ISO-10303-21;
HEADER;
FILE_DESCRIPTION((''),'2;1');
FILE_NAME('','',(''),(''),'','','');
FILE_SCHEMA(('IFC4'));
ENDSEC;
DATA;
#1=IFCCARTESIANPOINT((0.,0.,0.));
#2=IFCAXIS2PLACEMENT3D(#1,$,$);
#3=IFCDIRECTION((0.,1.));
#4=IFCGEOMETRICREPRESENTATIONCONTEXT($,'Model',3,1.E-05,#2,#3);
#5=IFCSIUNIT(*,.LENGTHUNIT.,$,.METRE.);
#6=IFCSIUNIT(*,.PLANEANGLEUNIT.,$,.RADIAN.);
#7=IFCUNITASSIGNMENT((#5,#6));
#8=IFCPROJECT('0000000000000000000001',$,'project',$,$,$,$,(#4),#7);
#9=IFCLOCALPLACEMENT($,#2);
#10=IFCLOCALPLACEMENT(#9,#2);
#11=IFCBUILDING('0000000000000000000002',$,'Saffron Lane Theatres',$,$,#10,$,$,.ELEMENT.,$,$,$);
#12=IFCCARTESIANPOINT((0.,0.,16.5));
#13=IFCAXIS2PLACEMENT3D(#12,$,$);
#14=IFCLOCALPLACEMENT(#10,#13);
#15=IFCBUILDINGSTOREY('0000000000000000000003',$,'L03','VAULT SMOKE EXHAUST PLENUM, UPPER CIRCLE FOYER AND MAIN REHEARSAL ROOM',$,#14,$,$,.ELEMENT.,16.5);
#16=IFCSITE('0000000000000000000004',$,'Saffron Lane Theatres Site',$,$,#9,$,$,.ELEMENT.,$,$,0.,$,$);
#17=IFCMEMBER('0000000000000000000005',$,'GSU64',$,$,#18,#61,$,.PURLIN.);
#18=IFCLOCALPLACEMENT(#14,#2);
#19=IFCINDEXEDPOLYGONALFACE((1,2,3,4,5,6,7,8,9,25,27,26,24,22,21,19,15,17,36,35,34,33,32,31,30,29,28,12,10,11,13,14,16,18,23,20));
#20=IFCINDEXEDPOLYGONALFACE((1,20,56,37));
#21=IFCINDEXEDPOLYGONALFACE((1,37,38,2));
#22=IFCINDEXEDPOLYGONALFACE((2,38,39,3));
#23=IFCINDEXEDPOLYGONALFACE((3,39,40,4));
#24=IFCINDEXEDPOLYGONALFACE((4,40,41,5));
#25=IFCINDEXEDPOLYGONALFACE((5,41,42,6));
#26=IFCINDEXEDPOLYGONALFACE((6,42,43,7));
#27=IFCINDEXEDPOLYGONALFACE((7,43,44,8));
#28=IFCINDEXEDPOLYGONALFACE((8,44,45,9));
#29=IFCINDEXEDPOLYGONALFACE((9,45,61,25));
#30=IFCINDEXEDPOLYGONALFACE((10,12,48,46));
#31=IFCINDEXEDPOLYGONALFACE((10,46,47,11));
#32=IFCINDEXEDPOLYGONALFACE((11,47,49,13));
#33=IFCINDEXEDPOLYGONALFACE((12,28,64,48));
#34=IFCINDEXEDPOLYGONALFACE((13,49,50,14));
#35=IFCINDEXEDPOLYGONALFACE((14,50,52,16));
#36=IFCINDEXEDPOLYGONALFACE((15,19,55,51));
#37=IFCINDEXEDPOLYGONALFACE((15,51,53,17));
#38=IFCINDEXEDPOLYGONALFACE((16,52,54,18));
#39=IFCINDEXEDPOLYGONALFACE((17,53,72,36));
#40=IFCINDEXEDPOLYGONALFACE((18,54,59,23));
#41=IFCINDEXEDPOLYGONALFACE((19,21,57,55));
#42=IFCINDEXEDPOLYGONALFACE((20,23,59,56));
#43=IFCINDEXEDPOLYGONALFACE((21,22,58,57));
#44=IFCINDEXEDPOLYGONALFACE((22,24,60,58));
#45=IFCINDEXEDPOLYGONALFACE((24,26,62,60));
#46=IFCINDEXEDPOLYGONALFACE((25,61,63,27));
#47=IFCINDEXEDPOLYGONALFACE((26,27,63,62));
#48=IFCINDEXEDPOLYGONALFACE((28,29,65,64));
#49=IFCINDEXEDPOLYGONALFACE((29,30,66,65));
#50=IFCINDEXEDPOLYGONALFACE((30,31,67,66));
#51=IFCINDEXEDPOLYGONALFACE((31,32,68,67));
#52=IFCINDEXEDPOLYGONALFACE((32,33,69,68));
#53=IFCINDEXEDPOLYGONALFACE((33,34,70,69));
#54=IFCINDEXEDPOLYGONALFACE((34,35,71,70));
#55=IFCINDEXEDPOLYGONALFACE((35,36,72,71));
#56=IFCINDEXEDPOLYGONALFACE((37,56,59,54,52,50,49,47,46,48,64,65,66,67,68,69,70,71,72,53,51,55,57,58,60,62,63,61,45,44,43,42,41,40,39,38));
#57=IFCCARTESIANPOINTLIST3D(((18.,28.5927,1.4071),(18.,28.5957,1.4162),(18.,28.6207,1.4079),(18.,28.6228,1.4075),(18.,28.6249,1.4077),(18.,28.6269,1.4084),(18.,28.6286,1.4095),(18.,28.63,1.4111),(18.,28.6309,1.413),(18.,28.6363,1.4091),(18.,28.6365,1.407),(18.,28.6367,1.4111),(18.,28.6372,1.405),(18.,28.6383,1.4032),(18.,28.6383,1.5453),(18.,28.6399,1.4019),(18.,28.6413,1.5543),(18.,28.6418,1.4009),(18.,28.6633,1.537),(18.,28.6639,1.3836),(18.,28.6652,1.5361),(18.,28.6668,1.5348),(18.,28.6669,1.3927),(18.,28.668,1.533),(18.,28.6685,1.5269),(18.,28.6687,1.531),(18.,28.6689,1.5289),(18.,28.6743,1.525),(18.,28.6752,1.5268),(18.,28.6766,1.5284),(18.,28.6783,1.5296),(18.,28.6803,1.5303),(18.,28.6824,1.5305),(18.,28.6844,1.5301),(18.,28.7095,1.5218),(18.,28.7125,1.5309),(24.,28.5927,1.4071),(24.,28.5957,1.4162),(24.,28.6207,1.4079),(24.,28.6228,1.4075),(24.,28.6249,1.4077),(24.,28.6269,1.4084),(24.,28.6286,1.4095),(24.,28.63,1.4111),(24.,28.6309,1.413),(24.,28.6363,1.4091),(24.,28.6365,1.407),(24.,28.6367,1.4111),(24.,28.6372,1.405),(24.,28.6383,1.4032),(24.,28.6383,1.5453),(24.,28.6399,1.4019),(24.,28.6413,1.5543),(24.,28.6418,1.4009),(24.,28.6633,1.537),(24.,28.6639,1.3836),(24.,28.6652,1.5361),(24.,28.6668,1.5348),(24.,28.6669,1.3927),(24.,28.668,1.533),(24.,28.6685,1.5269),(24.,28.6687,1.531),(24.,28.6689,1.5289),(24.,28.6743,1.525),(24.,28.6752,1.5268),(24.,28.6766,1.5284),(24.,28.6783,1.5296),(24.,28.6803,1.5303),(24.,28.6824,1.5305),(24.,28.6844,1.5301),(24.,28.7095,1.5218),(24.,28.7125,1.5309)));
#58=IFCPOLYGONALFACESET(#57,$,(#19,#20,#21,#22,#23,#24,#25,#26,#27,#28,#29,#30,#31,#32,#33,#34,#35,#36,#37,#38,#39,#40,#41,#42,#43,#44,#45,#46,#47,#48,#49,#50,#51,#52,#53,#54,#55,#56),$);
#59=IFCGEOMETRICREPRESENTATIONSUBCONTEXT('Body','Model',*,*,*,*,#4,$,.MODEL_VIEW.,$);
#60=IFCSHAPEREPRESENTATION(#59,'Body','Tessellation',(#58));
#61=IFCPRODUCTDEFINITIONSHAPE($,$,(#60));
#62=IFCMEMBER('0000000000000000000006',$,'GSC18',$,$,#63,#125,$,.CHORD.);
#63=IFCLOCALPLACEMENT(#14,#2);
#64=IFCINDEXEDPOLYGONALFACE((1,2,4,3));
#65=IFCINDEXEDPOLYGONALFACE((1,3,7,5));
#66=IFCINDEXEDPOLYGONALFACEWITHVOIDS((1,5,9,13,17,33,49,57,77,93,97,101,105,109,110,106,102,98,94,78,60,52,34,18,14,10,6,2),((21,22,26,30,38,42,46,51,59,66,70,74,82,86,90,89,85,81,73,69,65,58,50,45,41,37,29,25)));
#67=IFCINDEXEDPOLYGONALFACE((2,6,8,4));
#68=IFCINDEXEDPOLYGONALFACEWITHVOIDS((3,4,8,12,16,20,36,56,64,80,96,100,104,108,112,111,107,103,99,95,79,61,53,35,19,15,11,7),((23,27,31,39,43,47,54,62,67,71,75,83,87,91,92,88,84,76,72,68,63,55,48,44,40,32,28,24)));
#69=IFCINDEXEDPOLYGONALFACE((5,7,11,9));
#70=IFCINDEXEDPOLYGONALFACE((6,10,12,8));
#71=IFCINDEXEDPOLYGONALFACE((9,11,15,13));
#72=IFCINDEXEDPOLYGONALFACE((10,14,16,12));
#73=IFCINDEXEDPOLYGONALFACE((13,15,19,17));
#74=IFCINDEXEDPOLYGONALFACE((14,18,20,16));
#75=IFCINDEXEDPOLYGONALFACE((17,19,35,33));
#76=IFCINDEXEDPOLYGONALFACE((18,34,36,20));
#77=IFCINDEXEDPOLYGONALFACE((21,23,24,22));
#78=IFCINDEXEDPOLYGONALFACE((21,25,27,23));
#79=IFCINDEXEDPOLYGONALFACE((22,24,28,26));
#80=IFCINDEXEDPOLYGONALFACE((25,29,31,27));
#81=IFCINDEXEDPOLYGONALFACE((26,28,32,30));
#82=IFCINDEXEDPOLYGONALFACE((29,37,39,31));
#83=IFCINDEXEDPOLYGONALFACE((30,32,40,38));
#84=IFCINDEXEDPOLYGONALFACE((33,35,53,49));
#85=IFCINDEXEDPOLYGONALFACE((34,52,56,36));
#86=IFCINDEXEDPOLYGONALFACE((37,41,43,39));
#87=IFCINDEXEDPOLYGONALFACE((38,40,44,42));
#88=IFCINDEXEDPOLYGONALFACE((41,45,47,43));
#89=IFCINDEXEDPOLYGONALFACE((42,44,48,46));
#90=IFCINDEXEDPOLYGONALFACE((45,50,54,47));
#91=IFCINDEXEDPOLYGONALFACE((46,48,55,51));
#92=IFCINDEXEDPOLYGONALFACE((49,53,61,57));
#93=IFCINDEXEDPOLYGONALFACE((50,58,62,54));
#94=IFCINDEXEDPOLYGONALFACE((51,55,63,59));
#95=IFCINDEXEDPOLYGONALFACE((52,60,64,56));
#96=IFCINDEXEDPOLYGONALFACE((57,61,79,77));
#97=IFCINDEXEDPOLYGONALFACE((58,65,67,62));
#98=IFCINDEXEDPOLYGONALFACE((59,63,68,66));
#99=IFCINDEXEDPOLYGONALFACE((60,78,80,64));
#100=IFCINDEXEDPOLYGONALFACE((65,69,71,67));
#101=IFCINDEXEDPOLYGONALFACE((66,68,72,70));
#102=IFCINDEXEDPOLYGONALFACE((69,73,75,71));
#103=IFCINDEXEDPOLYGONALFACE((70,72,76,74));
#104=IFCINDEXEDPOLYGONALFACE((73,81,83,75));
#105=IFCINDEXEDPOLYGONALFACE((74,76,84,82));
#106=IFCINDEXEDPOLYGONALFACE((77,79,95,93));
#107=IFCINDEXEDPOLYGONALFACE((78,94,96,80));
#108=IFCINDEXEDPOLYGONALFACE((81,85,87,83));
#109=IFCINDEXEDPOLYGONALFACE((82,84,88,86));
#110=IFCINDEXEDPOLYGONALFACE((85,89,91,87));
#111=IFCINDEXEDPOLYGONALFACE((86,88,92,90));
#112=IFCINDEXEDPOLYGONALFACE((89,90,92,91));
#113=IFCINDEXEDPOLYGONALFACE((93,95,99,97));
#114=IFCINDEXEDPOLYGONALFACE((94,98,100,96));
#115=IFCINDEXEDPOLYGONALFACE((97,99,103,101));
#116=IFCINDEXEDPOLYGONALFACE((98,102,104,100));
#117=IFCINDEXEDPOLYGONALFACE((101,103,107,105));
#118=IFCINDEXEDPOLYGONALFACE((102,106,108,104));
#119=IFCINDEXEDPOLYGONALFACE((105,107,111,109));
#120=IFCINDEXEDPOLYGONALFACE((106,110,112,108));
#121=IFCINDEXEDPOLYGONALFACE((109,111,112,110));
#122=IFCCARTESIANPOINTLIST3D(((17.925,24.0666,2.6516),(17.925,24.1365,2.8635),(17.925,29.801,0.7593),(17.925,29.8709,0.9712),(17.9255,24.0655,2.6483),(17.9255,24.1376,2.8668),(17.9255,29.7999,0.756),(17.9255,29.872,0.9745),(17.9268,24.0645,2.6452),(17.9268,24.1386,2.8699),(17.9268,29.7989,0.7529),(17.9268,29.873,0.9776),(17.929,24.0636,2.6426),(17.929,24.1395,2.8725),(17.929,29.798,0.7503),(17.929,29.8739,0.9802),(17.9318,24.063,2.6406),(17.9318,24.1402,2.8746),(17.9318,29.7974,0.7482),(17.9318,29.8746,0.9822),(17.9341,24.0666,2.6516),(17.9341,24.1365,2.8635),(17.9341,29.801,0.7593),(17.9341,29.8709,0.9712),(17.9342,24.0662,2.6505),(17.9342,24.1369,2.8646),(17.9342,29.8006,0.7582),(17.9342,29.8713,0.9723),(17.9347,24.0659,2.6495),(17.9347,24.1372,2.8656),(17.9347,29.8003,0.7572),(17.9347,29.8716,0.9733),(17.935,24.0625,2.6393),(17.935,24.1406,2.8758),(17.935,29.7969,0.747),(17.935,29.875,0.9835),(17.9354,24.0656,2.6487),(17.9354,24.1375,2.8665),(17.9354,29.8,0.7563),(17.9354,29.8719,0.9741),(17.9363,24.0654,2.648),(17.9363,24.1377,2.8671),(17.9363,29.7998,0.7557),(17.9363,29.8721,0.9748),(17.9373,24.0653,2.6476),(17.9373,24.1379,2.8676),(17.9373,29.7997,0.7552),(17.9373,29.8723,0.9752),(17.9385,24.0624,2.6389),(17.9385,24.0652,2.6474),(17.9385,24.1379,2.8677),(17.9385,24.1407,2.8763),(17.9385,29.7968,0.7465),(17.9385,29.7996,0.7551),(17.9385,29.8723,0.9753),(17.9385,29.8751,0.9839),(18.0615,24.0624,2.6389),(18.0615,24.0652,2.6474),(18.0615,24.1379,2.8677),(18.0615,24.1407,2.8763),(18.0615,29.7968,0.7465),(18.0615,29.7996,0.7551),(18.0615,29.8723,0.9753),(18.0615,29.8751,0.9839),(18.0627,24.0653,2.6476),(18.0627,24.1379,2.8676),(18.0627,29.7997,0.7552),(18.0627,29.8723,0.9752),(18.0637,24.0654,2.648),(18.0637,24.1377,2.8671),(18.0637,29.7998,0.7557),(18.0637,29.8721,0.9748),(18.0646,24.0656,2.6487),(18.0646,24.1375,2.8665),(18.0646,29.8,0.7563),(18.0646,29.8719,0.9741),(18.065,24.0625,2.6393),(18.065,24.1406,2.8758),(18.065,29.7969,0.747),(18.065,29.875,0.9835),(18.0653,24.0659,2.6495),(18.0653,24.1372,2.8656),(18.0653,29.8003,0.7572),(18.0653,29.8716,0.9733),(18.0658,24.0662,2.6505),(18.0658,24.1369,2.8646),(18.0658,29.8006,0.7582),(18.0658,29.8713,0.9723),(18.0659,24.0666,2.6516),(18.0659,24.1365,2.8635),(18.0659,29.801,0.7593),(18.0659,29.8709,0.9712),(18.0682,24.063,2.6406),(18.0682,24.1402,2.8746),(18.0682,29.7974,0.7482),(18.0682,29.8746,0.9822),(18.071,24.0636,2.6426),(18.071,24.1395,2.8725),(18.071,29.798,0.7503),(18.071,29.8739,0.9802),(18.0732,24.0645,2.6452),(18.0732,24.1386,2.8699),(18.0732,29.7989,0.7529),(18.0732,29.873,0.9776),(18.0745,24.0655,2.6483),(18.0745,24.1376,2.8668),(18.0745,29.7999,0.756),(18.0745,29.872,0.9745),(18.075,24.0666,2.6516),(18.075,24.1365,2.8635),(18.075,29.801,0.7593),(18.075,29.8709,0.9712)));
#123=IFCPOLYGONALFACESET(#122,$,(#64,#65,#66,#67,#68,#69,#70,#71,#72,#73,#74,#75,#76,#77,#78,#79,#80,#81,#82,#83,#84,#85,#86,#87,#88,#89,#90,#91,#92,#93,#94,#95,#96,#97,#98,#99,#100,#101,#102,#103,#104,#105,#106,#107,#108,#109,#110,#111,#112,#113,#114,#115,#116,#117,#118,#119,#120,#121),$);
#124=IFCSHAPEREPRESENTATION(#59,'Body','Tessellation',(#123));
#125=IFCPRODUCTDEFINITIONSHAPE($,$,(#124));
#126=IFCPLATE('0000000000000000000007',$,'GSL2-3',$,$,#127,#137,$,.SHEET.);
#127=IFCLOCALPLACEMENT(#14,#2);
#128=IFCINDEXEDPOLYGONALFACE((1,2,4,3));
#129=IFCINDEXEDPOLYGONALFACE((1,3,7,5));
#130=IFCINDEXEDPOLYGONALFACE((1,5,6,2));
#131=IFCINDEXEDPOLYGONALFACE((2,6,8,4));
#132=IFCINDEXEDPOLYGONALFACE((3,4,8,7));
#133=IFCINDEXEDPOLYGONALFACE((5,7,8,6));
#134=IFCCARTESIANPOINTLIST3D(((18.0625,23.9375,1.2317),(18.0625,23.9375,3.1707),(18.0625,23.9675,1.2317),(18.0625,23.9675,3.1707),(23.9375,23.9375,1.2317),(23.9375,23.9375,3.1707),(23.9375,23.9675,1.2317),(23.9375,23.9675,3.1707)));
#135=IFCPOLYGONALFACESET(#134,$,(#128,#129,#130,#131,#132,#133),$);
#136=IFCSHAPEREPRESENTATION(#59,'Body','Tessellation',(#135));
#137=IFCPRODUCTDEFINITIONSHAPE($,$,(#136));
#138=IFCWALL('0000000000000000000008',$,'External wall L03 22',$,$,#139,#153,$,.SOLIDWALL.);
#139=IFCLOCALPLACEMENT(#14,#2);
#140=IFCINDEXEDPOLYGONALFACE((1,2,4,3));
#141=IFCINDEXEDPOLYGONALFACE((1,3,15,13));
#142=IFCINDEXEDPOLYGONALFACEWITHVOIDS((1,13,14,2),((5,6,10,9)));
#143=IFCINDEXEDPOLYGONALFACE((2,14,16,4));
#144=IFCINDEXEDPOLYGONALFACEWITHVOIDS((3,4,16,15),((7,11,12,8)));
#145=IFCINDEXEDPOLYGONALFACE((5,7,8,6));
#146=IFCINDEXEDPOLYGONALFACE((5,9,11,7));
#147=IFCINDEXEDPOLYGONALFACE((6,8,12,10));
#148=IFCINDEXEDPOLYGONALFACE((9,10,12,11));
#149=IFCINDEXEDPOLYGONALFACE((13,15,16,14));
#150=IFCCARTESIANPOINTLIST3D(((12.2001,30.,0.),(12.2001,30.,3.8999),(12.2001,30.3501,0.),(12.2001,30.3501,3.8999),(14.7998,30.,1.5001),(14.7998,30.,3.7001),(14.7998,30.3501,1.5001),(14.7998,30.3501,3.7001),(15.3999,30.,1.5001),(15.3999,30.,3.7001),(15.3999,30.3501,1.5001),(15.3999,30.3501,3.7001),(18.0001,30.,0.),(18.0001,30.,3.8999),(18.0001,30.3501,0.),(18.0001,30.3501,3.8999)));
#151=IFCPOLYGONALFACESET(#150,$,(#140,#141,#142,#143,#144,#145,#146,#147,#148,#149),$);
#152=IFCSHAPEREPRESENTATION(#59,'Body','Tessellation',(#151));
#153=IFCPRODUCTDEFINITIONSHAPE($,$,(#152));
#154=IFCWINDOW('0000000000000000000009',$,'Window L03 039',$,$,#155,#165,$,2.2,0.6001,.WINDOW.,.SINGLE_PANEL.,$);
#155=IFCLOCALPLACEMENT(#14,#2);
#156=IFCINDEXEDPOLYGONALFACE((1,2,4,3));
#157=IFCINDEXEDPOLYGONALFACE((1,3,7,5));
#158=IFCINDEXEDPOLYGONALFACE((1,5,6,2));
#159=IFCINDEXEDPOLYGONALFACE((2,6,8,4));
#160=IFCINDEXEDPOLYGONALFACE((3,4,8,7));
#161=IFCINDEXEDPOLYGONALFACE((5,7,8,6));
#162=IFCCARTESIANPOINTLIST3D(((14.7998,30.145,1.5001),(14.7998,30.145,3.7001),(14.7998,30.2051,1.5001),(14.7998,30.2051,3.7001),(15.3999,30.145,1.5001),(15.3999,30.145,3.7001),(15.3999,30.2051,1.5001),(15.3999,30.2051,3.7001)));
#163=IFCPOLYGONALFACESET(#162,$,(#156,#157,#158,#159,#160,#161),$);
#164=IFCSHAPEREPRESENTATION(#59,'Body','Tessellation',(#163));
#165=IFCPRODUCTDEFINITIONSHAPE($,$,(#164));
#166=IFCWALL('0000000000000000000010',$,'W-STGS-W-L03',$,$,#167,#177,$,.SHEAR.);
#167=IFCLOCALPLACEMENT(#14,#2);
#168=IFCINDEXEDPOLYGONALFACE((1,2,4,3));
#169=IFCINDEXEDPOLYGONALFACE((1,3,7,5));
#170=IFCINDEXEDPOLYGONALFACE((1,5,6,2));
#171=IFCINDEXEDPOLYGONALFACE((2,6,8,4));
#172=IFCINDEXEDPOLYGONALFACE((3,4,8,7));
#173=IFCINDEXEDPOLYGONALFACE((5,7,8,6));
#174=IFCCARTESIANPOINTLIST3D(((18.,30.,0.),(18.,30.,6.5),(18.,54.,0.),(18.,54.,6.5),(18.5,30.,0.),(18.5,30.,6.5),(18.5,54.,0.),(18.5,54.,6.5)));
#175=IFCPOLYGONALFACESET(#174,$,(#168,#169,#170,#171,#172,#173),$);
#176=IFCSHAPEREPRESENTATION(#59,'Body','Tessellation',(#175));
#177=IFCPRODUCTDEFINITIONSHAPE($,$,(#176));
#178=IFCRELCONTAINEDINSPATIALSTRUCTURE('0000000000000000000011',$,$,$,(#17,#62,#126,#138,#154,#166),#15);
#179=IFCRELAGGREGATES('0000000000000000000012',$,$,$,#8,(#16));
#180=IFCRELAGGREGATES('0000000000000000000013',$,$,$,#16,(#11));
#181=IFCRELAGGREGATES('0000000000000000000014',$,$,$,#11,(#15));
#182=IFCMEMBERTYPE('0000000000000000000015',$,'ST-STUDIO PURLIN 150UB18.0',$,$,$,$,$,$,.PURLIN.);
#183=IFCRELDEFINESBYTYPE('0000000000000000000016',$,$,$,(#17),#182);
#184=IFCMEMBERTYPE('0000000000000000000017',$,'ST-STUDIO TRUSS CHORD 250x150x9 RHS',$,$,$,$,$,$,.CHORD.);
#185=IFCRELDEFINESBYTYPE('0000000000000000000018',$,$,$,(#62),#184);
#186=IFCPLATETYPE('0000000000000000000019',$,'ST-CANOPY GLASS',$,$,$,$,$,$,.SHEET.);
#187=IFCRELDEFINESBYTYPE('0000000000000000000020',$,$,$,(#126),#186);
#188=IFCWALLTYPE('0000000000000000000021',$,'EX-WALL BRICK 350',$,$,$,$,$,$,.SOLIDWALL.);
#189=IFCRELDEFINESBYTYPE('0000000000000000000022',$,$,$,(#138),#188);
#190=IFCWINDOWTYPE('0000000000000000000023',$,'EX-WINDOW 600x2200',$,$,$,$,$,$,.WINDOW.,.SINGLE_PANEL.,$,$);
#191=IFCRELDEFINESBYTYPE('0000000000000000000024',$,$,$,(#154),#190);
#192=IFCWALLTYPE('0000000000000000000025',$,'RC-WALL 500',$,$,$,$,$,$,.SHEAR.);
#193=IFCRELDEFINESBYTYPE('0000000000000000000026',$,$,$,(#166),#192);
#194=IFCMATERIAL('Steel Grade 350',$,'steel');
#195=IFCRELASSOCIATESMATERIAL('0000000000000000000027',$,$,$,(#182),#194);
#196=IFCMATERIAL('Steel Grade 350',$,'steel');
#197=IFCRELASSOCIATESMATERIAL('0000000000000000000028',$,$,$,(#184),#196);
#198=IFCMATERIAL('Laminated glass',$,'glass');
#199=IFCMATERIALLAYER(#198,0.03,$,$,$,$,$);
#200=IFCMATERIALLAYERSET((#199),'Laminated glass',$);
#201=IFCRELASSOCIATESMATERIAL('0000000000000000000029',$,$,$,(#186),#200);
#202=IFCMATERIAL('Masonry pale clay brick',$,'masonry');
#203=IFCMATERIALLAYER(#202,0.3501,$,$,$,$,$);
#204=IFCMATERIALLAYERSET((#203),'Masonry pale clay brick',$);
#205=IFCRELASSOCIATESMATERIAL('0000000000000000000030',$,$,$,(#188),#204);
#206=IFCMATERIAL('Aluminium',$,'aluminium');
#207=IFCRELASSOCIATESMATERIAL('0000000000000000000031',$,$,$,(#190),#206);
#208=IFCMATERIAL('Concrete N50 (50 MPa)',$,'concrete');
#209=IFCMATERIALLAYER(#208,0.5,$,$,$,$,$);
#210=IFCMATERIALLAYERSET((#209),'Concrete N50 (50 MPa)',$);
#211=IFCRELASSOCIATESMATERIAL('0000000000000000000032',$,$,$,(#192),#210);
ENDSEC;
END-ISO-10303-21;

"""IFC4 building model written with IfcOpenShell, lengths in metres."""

from ifc_helpers import new_model, si_unit, direction, frame, frame_2d, origin, origin_2d, place, context, subcontext, project, spatial, polyline, rectangle, hollow_rectangle, i_section, outline, extrude, material, layer, layer_set, material_profile, profile_set, type_object, element, fill, save


model = new_model("IFC4")

# Units and contexts
model_context = context("Model", 3, precision=1e-05, world=origin(), true_north=direction((0.0, 1.0)))
body_context = subcontext(model_context, "Body", "Model", "MODEL_VIEW")
ifc_project = project(units=[si_unit("LENGTHUNIT", "METRE"), si_unit("PLANEANGLEUNIT", "RADIAN")], contexts=[model_context])

# Site, building, storey
site_placement = place(None, origin())
site = spatial("IfcSite", under=ifc_project, at=site_placement, Name="Saffron Lane Theatres Site", CompositionType="ELEMENT", RefElevation=0.0)
building_placement = place(site_placement, origin())
building = spatial("IfcBuilding", under=site, at=building_placement, Name="Saffron Lane Theatres", CompositionType="ELEMENT")
storey_placement = place(building_placement, frame((0.0, 0.0, 16.5)))
storey = spatial("IfcBuildingStorey", under=building, at=storey_placement, Name="L03", Description="VAULT SMOKE EXHAUST PLENUM, UPPER CIRCLE FOYER AND MAIN REHEARSAL ROOM", CompositionType="ELEMENT", Elevation=16.5)

# Members
ifc_material_1 = material(Name="Steel Grade 350", Category="steel")
ifc_material_profile_1 = material_profile(ifc_material_1, i_section(OverallWidth=0.075, OverallDepth=0.155, WebThickness=0.0061, FlangeThickness=0.0095, FilletRadius=0.0081, at=origin_2d()))
ifc_profile_set_1 = profile_set([ifc_material_profile_1], Name="Steel Grade 350")
member_type_1 = type_object("IfcMemberType", Name="ST-STUDIO PURLIN 150UB18.0", PredefinedType="PURLIN", material=ifc_profile_set_1)
for number, where, z_axis, x_axis, name in (
    (1, (18.0, 28.6526, 1.469), (1.0, 0.0, 0.0), (0.0, 0.949629, -0.313377), "GSU64"),
):
    element("IfcMember", number, at=place(storey_placement, frame(where, z_axis=z_axis, x_axis=x_axis)), inside=storey, type_object=member_type_1, Name=name, PredefinedType="PURLIN", context=body_context, shape_type="SweptSolid", body=[
        extrude(i_section(OverallWidth=0.075, OverallDepth=0.155, WebThickness=0.0061, FlangeThickness=0.0095, FilletRadius=0.0081, at=origin_2d()), origin(), (0.0, 0.0, 1.0), 6.0),
    ])
ifc_material_2 = material(Name="Steel Grade 350", Category="steel")
ifc_material_profile_2 = material_profile(ifc_material_2, hollow_rectangle(XDim=0.1499, YDim=0.25, WallThickness=0.009, InnerFilletRadius=0.0044, OuterFilletRadius=0.0134, at=origin_2d()))
ifc_profile_set_2 = profile_set([ifc_material_profile_2], Name="Steel Grade 350")
member_type_2 = type_object("IfcMemberType", Name="ST-STUDIO TRUSS CHORD 250x150x9 RHS", PredefinedType="CHORD", material=ifc_profile_set_2)
member_1_placement = place(storey_placement, frame((18.0, 24.1016, 2.7576), z_axis=(0.0, 0.949629, -0.313376), x_axis=(-1.0, 0.0, 0.0)))
element("IfcMember", 2, at=member_1_placement, inside=storey, type_object=member_type_2, Name="GSC18", PredefinedType="CHORD", context=body_context, shape_type="SweptSolid", body=[
    extrude(hollow_rectangle(XDim=0.1499, YDim=0.25, WallThickness=0.009, InnerFilletRadius=0.0044, OuterFilletRadius=0.0134, at=origin_2d()), origin(), (0.0, 0.0, 1.0), 6.0386),
])

# Plate
ifc_material_3 = material(Name="Laminated glass", Category="glass")
ifc_layer_1 = layer(ifc_material_3, 0.03)
ifc_layer_set_1 = layer_set([ifc_layer_1], Name="Laminated glass")
plate_type = type_object("IfcPlateType", Name="ST-CANOPY GLASS", PredefinedType="SHEET", material=ifc_layer_set_1)
plate_placement = place(storey_placement, frame((23.9375, 23.9375, 1.2317), z_axis=(0.0, -1.0, 0.0), x_axis=(0.0, 0.0, 1.0)))
element("IfcPlate", 3, at=plate_placement, inside=storey, type_object=plate_type, Name="GSL2-3", PredefinedType="SHEET", context=body_context, shape_type="SweptSolid", body=[
    extrude(outline(polyline([(0.0, 0.0), (1.939, 0.0), (1.939, 5.875), (0.0, 5.875), (0.0, 0.0)])), origin(), (0.0, 0.0, -1.0), 0.03),
])

# Wall, opening, window
ifc_material_4 = material(Name="Masonry pale clay brick", Category="masonry")
ifc_layer_2 = layer(ifc_material_4, 0.3501)
ifc_layer_set_2 = layer_set([ifc_layer_2], Name="Masonry pale clay brick")
wall_type_1 = type_object("IfcWallType", Name="EX-WALL BRICK 350", PredefinedType="SOLIDWALL", material=ifc_layer_set_2)
wall_1_placement = place(storey_placement, frame((18.0, 30.175, 0.0), z_axis=(0.0, 0.0, 1.0), x_axis=(-1.0, 0.0, 0.0)))
wall_1 = element("IfcWall", 4, at=wall_1_placement, inside=storey, type_object=wall_type_1, Name="External wall L03 22", PredefinedType="SOLIDWALL", context=body_context, shape_type="SweptSolid", body=[
    extrude(rectangle(XDim=5.8, YDim=0.3501, at=frame_2d((2.8999, 0.0))), origin(), (0.0, 0.0, 1.0), 3.8999),
])
opening_placement = place(wall_1_placement, frame((2.6001, 0.0, 1.5)))
opening = element("IfcOpeningElement", 5, at=opening_placement, cuts=wall_1, PredefinedType="OPENING", context=body_context, shape_type="SweptSolid", body=[
    extrude(rectangle(XDim=0.6001, YDim=2.2, at=frame_2d((0.3, 1.1001))), frame((0.0, 0.1851, 0.0), z_axis=(0.0, -1.0, 0.0), x_axis=(1.0, 0.0, 0.0)), (0.0, 0.0, 1.0), 0.3701),
])
ifc_material_5 = material(Name="Aluminium", Category="aluminium")
window_type = type_object("IfcWindowType", Name="EX-WINDOW 600x2200", PartitioningType="SINGLE_PANEL", PredefinedType="WINDOW", material=ifc_material_5)
window_placement = place(opening_placement, origin())
window = element("IfcWindow", 6, at=window_placement, inside=storey, type_object=window_type, Name="Window L03 039", OverallHeight=2.2, OverallWidth=0.6001, PartitioningType="SINGLE_PANEL", PredefinedType="WINDOW", context=body_context, shape_type="SweptSolid", body=[
    extrude(rectangle(XDim=0.6001, YDim=2.2, at=frame_2d((0.3, 1.1001))), frame((0.0, 0.03, 0.0), z_axis=(0.0, -1.0, 0.0), x_axis=(1.0, 0.0, 0.0)), (0.0, 0.0, 1.0), 0.0601),
])
fill(opening, window)

# Wall
ifc_material_6 = material(Name="Concrete N50 (50 MPa)", Category="concrete")
ifc_layer_3 = layer(ifc_material_6, 0.5)
ifc_layer_set_3 = layer_set([ifc_layer_3], Name="Concrete N50 (50 MPa)")
wall_type_2 = type_object("IfcWallType", Name="RC-WALL 500", PredefinedType="SHEAR", material=ifc_layer_set_3)
wall_2_placement = place(storey_placement, frame((18.25, 30.0, 0.0), z_axis=(0.0, 0.0, 1.0), x_axis=(0.0, 1.0, 0.0)))
element("IfcWall", 7, at=wall_2_placement, inside=storey, type_object=wall_type_2, Name="W-STGS-W-L03", PredefinedType="SHEAR", context=body_context, shape_type="SweptSolid", body=[
    extrude(rectangle(XDim=24.0, YDim=0.5, at=frame_2d((12.0, 0.0))), origin(), (0.0, 0.0, 1.0), 6.5),
])

save(model, "model.ifc")
